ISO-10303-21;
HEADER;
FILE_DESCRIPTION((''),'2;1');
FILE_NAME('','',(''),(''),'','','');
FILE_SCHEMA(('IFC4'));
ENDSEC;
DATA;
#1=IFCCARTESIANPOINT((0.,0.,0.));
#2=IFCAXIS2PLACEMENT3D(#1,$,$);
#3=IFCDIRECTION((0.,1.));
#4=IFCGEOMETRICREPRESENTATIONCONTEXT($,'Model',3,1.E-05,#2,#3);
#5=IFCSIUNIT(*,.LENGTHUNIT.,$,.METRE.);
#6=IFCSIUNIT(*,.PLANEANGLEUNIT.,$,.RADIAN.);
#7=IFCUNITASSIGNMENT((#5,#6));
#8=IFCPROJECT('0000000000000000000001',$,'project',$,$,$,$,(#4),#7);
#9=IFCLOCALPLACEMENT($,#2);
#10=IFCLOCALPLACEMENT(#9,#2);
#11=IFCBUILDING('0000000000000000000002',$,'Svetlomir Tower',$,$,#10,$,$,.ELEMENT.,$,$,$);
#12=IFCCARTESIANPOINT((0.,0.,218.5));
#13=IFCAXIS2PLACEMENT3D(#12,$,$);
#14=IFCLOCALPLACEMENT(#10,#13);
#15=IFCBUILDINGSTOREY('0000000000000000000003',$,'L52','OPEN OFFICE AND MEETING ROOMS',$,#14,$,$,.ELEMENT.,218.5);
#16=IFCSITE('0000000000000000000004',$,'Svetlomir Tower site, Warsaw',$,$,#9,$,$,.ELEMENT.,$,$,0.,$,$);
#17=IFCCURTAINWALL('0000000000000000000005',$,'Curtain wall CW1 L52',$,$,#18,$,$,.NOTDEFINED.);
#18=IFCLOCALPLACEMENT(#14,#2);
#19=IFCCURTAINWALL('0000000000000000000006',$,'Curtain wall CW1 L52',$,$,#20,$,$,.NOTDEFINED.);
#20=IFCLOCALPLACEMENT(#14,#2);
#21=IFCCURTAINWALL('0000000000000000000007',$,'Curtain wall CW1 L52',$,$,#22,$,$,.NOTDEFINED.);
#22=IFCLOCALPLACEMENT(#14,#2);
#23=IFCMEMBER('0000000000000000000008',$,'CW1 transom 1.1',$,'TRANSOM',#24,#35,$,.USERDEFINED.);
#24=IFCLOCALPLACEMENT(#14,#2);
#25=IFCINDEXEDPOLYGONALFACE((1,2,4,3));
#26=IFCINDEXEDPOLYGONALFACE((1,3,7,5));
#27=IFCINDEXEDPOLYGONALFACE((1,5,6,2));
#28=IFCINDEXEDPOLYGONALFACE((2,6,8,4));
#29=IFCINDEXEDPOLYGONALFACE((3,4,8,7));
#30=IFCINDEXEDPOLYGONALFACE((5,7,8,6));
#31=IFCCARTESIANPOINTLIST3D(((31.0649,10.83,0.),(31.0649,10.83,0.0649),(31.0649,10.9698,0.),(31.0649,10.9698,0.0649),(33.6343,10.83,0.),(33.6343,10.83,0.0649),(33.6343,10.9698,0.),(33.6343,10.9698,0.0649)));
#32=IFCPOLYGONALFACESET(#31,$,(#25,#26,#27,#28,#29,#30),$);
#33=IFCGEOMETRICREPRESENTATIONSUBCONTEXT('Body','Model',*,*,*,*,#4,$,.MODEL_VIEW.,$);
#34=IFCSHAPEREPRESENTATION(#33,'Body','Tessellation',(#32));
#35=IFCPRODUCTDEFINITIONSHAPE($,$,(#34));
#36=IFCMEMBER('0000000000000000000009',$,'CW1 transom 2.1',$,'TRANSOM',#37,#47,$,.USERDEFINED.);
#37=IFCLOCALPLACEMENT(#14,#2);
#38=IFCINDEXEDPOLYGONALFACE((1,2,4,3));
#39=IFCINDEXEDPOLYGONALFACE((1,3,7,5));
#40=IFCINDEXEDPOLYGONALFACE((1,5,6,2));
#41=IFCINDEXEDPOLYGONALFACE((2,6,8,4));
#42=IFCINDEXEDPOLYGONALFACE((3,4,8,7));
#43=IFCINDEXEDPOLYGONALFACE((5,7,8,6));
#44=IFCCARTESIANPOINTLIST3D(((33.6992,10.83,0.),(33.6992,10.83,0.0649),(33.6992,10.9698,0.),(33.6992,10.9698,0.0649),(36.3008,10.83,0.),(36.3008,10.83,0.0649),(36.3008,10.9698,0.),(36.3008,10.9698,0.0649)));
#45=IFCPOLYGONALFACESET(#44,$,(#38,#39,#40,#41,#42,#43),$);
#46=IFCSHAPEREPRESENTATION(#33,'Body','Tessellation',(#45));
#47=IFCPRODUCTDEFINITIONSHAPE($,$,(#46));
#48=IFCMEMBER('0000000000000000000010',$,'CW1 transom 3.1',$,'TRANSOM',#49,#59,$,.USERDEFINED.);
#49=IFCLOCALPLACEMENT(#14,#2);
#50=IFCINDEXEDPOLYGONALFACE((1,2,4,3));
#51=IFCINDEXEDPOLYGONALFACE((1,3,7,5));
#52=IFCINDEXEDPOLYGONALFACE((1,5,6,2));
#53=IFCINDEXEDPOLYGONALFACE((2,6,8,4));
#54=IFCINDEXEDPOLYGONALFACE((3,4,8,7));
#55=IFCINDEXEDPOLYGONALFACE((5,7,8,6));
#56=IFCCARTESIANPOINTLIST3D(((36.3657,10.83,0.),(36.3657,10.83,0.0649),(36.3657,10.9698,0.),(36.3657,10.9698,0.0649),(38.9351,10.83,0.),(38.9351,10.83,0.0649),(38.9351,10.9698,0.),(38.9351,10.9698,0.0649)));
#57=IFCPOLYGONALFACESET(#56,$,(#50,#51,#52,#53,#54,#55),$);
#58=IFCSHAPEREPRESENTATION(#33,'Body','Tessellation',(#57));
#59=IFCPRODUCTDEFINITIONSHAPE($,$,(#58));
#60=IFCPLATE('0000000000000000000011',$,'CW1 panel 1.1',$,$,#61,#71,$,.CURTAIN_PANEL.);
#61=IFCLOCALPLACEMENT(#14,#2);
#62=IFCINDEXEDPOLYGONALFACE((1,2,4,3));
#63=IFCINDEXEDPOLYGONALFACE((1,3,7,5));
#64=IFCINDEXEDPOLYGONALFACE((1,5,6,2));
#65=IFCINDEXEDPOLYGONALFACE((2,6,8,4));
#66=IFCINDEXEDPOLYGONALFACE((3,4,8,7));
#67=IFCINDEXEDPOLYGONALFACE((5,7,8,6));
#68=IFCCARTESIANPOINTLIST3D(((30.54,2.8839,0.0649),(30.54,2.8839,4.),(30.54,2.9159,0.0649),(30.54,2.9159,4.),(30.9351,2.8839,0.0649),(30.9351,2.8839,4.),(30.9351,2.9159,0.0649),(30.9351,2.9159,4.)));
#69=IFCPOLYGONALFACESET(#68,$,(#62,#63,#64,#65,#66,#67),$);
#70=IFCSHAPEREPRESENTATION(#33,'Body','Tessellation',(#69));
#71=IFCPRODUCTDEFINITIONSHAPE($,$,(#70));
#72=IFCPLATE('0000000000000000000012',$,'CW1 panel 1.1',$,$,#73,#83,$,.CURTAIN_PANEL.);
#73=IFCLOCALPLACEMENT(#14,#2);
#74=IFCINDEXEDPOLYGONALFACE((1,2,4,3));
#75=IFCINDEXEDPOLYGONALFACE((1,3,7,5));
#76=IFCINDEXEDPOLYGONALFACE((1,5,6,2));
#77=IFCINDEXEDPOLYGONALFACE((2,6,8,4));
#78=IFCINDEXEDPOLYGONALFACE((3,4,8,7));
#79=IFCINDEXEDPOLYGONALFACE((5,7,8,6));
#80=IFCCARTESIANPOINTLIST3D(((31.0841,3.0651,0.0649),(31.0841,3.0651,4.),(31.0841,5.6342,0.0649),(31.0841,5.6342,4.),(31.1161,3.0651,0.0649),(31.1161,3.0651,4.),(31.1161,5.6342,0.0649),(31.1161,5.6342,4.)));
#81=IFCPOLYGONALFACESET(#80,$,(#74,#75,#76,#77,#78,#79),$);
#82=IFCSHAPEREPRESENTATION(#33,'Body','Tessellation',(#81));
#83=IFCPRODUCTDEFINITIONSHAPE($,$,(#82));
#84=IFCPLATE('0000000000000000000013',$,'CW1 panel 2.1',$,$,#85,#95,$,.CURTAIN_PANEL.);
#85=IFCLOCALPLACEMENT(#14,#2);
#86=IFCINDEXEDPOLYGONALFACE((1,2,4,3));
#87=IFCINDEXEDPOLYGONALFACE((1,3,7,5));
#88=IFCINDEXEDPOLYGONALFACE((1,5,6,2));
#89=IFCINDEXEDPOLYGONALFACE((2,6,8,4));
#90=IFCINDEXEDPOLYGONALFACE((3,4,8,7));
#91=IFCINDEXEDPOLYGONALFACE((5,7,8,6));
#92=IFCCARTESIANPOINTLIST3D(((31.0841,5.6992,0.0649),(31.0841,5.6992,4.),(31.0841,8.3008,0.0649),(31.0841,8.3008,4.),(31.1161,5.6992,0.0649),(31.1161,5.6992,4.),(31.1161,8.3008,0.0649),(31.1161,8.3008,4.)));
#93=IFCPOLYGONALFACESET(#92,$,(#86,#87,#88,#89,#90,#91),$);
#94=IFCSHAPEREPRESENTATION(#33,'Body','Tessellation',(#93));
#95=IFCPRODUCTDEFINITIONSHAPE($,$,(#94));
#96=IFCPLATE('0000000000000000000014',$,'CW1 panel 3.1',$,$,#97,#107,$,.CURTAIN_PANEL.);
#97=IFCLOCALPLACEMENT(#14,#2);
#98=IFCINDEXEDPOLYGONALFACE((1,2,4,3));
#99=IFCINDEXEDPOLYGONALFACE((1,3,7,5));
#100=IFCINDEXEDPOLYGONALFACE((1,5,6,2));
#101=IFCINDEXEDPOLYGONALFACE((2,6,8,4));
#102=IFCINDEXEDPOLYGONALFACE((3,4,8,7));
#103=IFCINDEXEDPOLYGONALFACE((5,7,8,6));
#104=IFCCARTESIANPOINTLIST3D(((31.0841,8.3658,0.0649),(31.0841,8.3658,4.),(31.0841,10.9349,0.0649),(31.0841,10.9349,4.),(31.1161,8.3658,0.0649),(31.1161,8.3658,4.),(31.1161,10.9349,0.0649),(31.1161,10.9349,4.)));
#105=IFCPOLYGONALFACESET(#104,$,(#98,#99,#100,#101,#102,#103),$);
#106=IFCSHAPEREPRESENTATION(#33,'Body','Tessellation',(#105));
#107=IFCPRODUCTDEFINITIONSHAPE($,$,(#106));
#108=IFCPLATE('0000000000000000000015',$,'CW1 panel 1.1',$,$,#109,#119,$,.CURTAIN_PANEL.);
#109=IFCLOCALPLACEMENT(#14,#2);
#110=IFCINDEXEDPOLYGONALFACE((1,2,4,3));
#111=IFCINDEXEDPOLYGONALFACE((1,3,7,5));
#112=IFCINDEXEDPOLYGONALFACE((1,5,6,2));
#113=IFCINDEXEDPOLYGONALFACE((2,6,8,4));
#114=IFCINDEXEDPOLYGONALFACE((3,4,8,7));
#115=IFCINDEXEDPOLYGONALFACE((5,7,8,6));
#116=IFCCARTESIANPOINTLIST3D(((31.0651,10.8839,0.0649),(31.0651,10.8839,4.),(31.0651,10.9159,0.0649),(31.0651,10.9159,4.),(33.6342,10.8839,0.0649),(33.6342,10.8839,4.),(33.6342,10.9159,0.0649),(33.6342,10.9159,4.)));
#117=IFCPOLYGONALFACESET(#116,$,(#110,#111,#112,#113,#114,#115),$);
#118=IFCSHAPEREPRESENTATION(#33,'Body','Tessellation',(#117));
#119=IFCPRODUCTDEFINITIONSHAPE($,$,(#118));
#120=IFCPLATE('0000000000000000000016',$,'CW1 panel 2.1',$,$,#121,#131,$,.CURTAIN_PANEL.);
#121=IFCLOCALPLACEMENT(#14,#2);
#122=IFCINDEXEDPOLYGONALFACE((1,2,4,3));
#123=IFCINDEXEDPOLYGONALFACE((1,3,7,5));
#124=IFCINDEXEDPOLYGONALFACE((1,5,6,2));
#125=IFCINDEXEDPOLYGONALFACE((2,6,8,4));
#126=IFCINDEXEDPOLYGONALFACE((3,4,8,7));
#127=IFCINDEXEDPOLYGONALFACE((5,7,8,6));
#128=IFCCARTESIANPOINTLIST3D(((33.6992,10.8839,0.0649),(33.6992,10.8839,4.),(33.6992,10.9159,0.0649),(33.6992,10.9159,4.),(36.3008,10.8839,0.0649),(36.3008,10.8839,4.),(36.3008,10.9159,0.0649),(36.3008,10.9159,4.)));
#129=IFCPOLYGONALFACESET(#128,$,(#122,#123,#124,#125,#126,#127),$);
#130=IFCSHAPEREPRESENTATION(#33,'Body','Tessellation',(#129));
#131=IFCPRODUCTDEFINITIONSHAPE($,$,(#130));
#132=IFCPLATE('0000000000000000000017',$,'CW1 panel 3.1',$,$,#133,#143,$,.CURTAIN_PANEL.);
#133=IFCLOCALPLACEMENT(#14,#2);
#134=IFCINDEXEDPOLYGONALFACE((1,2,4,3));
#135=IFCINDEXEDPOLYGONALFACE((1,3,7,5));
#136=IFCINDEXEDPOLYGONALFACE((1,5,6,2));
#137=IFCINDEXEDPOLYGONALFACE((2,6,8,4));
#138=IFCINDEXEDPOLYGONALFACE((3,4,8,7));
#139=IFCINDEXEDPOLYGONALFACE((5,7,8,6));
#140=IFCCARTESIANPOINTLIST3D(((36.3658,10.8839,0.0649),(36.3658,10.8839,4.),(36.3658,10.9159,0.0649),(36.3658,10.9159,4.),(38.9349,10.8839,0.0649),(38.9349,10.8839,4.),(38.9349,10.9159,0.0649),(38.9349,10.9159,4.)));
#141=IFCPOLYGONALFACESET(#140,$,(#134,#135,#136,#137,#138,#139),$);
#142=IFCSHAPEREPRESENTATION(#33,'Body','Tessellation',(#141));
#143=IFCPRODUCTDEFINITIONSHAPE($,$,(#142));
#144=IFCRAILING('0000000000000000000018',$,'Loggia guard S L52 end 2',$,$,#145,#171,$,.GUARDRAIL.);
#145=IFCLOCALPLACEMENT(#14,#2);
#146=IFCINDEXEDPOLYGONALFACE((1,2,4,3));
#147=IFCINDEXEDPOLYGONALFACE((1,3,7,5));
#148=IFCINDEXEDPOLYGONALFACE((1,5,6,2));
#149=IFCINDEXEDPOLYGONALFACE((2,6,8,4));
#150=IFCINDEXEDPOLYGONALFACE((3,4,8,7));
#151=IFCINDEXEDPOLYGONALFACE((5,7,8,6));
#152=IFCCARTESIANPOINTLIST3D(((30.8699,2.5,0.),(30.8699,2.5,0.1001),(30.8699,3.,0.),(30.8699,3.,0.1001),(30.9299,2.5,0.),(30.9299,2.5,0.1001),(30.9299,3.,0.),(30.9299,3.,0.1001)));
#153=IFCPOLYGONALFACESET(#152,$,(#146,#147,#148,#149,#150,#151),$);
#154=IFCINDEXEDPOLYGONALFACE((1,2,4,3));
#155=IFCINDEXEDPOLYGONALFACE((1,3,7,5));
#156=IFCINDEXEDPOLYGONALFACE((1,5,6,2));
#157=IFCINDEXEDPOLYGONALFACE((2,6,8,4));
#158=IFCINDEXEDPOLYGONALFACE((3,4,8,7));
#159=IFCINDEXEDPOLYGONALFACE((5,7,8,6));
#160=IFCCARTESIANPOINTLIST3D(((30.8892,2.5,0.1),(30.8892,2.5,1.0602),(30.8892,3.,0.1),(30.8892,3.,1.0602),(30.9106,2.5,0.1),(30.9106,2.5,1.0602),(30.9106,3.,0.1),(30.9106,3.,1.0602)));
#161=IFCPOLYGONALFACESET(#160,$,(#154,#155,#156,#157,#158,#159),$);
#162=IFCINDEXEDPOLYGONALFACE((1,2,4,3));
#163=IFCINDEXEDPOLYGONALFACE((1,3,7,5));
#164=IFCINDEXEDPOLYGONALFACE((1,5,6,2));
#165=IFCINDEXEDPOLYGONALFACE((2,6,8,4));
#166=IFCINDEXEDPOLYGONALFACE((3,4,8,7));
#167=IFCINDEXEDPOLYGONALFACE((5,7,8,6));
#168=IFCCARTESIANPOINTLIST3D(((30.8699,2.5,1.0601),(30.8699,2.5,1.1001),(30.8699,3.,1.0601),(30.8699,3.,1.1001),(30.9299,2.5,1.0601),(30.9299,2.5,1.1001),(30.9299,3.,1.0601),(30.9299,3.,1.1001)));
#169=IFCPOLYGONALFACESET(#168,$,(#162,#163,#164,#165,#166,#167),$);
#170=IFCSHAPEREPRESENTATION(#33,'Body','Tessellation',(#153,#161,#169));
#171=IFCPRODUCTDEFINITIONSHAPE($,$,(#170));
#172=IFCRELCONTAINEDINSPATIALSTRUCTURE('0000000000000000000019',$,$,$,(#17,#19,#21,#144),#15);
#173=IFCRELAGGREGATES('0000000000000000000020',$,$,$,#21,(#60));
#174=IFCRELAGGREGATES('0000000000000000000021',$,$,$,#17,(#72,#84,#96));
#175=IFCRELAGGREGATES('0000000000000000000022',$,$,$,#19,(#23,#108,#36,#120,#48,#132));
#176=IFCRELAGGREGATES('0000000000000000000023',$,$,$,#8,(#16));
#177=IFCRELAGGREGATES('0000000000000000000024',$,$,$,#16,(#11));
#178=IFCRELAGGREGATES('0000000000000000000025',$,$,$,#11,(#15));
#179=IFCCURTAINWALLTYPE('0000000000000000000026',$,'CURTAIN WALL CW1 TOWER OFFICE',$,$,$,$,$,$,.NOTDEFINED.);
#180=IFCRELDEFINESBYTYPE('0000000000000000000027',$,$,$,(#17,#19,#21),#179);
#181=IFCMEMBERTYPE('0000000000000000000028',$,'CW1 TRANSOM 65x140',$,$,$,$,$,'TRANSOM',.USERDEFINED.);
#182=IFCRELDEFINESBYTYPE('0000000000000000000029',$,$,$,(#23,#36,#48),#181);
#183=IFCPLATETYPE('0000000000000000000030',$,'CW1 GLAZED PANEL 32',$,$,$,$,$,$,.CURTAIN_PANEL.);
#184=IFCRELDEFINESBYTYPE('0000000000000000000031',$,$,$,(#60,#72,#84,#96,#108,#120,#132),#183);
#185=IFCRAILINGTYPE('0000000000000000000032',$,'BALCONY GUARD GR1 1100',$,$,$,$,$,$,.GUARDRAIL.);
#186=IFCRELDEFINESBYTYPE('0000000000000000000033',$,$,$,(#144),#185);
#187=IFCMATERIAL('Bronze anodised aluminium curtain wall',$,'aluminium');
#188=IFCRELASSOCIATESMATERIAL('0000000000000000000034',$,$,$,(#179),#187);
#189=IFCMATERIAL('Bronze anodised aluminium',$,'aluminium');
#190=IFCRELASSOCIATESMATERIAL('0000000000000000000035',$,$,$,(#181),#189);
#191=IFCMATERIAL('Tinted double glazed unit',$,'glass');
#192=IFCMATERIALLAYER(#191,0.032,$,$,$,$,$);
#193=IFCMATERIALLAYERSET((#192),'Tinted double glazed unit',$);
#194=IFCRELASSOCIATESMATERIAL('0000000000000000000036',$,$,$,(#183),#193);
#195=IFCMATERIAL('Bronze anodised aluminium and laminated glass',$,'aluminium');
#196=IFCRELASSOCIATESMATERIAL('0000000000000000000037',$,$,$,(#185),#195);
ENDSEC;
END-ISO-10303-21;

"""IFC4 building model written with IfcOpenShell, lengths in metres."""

from ifc_helpers import new_model, si_unit, direction, frame, origin, origin_2d, place, context, subcontext, project, spatial, rectangle, extrude, material, layer, layer_set, material_profile, profile_set, type_object, element, aggregate, save


model = new_model("IFC4")

# Units and contexts
model_context = context("Model", 3, precision=1e-05, world=origin(), true_north=direction((0.0, 1.0)))
body_context = subcontext(model_context, "Body", "Model", "MODEL_VIEW")
ifc_project = project(units=[si_unit("LENGTHUNIT", "METRE"), si_unit("PLANEANGLEUNIT", "RADIAN")], contexts=[model_context])

# Site, building, storey
site_placement = place(None, origin())
site = spatial("IfcSite", under=ifc_project, at=site_placement, Name="Svetlomir Tower site, Warsaw", CompositionType="ELEMENT", RefElevation=0.0)
building_placement = place(site_placement, origin())
building = spatial("IfcBuilding", under=site, at=building_placement, Name="Svetlomir Tower", CompositionType="ELEMENT")
storey_placement = place(building_placement, frame((0.0, 0.0, 218.5)))
storey = spatial("IfcBuildingStorey", under=building, at=storey_placement, Name="L52", Description="OPEN OFFICE AND MEETING ROOMS", CompositionType="ELEMENT", Elevation=218.5)

# Curtain walls
ifc_material_1 = material(Name="Bronze anodised aluminium curtain wall", Category="aluminium")
curtain_wall_type = type_object("IfcCurtainWallType", Name="CURTAIN WALL CW1 TOWER OFFICE", PredefinedType="NOTDEFINED", material=ifc_material_1)
curtain_wall_1_placement = place(storey_placement, origin())
curtain_wall_1 = element("IfcCurtainWall", 1, at=curtain_wall_1_placement, inside=storey, type_object=curtain_wall_type, Name="Curtain wall CW1 L52", PredefinedType="NOTDEFINED")
curtain_wall_2_placement = place(storey_placement, origin())
curtain_wall_2 = element("IfcCurtainWall", 2, at=curtain_wall_2_placement, inside=storey, type_object=curtain_wall_type, Name="Curtain wall CW1 L52", PredefinedType="NOTDEFINED")
curtain_wall_3_placement = place(storey_placement, origin())
curtain_wall_3 = element("IfcCurtainWall", 3, at=curtain_wall_3_placement, inside=storey, type_object=curtain_wall_type, Name="Curtain wall CW1 L52", PredefinedType="NOTDEFINED")

# Members
ifc_material_2 = material(Name="Bronze anodised aluminium", Category="aluminium")
ifc_material_profile_1 = material_profile(ifc_material_2, rectangle(XDim=0.1399, YDim=0.0649, at=origin_2d()), Name="AL 140x65")
ifc_profile_set_1 = profile_set([ifc_material_profile_1], Name="Bronze anodised aluminium 6063-T6")
member_type_1 = type_object("IfcMemberType", Name="CW1 TRANSOM 65x140", ElementType="TRANSOM", PredefinedType="USERDEFINED", material=ifc_profile_set_1)
member_1_placement = place(storey_placement, frame((31.0649, 10.8999, 0.0325), z_axis=(1.0, 0.0, 0.0), x_axis=(0.0, 1.0, 0.0)))
member_1 = element("IfcMember", 4, at=member_1_placement, type_object=member_type_1, Name="CW1 transom 1.1", ObjectType="TRANSOM", PredefinedType="USERDEFINED", context=body_context, shape_type="SweptSolid", body=[
    extrude(rectangle(XDim=0.1399, YDim=0.0649, at=origin_2d()), origin(), (0.0, 0.0, 1.0), 2.5693),
])
member_2_placement = place(storey_placement, frame((33.6992, 10.8999, 0.0325), z_axis=(1.0, 0.0, 0.0), x_axis=(0.0, 1.0, 0.0)))
member_2 = element("IfcMember", 5, at=member_2_placement, type_object=member_type_1, Name="CW1 transom 2.1", ObjectType="TRANSOM", PredefinedType="USERDEFINED", context=body_context, shape_type="SweptSolid", body=[
    extrude(rectangle(XDim=0.1399, YDim=0.0649, at=origin_2d()), origin(), (0.0, 0.0, 1.0), 2.6016),
])
member_3_placement = place(storey_placement, frame((36.3657, 10.8999, 0.0325), z_axis=(1.0, 0.0, 0.0), x_axis=(0.0, 1.0, 0.0)))
member_3 = element("IfcMember", 6, at=member_3_placement, type_object=member_type_1, Name="CW1 transom 3.1", ObjectType="TRANSOM", PredefinedType="USERDEFINED", context=body_context, shape_type="SweptSolid", body=[
    extrude(rectangle(XDim=0.1399, YDim=0.0649, at=origin_2d()), origin(), (0.0, 0.0, 1.0), 2.5693),
])

# Plates
ifc_material_3 = material(Name="Tinted double glazed unit", Category="glass")
ifc_layer = layer(ifc_material_3, 0.032)
ifc_layer_set = layer_set([ifc_layer], Name="Tinted double glazed unit")
plate_type = type_object("IfcPlateType", Name="CW1 GLAZED PANEL 32", PredefinedType="CURTAIN_PANEL", material=ifc_layer_set)
plate_1_placement = place(storey_placement, frame((30.7375, 2.8999, 0.0649), z_axis=(0.0, 0.0, 1.0), x_axis=(1.0, 0.0, 0.0)))
plate_1 = element("IfcPlate", 7, at=plate_1_placement, type_object=plate_type, Name="CW1 panel 1.1", PredefinedType="CURTAIN_PANEL", context=body_context, shape_type="SweptSolid", body=[
    extrude(rectangle(XDim=0.395, YDim=0.032, at=origin_2d()), origin(), (0.0, 0.0, 1.0), 3.9351),
])
aggregate(curtain_wall_3, [plate_1])
plate_2_placement = place(storey_placement, frame((31.1001, 4.3496, 0.0649), z_axis=(0.0, 0.0, 1.0), x_axis=(0.0, 1.0, 0.0)))
plate_2 = element("IfcPlate", 8, at=plate_2_placement, type_object=plate_type, Name="CW1 panel 1.1", PredefinedType="CURTAIN_PANEL", context=body_context, shape_type="SweptSolid", body=[
    extrude(rectangle(XDim=2.5691, YDim=0.032, at=origin_2d()), origin(), (0.0, 0.0, 1.0), 3.9351),
])
plate_3_placement = place(storey_placement, frame((31.1001, 7.0, 0.0649), z_axis=(0.0, 0.0, 1.0), x_axis=(0.0, 1.0, 0.0)))
plate_3 = element("IfcPlate", 9, at=plate_3_placement, type_object=plate_type, Name="CW1 panel 2.1", PredefinedType="CURTAIN_PANEL", context=body_context, shape_type="SweptSolid", body=[
    extrude(rectangle(XDim=2.6016, YDim=0.032, at=origin_2d()), origin(), (0.0, 0.0, 1.0), 3.9351),
])
plate_4_placement = place(storey_placement, frame((31.1001, 9.6504, 0.0649), z_axis=(0.0, 0.0, 1.0), x_axis=(0.0, 1.0, 0.0)))
plate_4 = element("IfcPlate", 10, at=plate_4_placement, type_object=plate_type, Name="CW1 panel 3.1", PredefinedType="CURTAIN_PANEL", context=body_context, shape_type="SweptSolid", body=[
    extrude(rectangle(XDim=2.5691, YDim=0.032, at=origin_2d()), origin(), (0.0, 0.0, 1.0), 3.9351),
])
aggregate(curtain_wall_1, [plate_2, plate_3, plate_4])
plate_5_placement = place(storey_placement, frame((32.3496, 10.8999, 0.0649), z_axis=(0.0, 0.0, 1.0), x_axis=(1.0, 0.0, 0.0)))
plate_5 = element("IfcPlate", 11, at=plate_5_placement, type_object=plate_type, Name="CW1 panel 1.1", PredefinedType="CURTAIN_PANEL", context=body_context, shape_type="SweptSolid", body=[
    extrude(rectangle(XDim=2.5691, YDim=0.032, at=origin_2d()), origin(), (0.0, 0.0, 1.0), 3.9351),
])
plate_6_placement = place(storey_placement, frame((35.0, 10.8999, 0.0649), z_axis=(0.0, 0.0, 1.0), x_axis=(1.0, 0.0, 0.0)))
plate_6 = element("IfcPlate", 12, at=plate_6_placement, type_object=plate_type, Name="CW1 panel 2.1", PredefinedType="CURTAIN_PANEL", context=body_context, shape_type="SweptSolid", body=[
    extrude(rectangle(XDim=2.6016, YDim=0.032, at=origin_2d()), origin(), (0.0, 0.0, 1.0), 3.9351),
])
plate_7_placement = place(storey_placement, frame((37.6504, 10.8999, 0.0649), z_axis=(0.0, 0.0, 1.0), x_axis=(1.0, 0.0, 0.0)))
plate_7 = element("IfcPlate", 13, at=plate_7_placement, type_object=plate_type, Name="CW1 panel 3.1", PredefinedType="CURTAIN_PANEL", context=body_context, shape_type="SweptSolid", body=[
    extrude(rectangle(XDim=2.5691, YDim=0.032, at=origin_2d()), origin(), (0.0, 0.0, 1.0), 3.9351),
])
aggregate(curtain_wall_2, [member_1, plate_5, member_2, plate_6, member_3, plate_7])

# Railing
ifc_material_4 = material(Name="Bronze anodised aluminium and laminated glass", Category="aluminium")
railing_type = type_object("IfcRailingType", Name="BALCONY GUARD GR1 1100", PredefinedType="GUARDRAIL", material=ifc_material_4)
railing_placement = place(storey_placement, frame((30.8999, 2.5, 0.0)))
element("IfcRailing", 14, at=railing_placement, inside=storey, type_object=railing_type, Name="Loggia guard S L52 end 2", PredefinedType="GUARDRAIL", context=body_context, shape_type="SweptSolid", body=[
    extrude(rectangle(XDim=0.0601, YDim=0.1001, at=origin_2d()), frame((0.0, 0.0, 0.05), z_axis=(0.0, 1.0, 0.0), x_axis=(-1.0, 0.0, 0.0)), (0.0, 0.0, 1.0), 0.5),
    extrude(rectangle(XDim=0.0215, YDim=0.9602, at=origin_2d()), frame((0.0, 0.0, 0.5801), z_axis=(0.0, 1.0, 0.0), x_axis=(-1.0, 0.0, 0.0)), (0.0, 0.0, 1.0), 0.5),
    extrude(rectangle(XDim=0.0601, YDim=0.04, at=origin_2d()), frame((0.0, 0.0, 1.0801), z_axis=(0.0, 1.0, 0.0), x_axis=(-1.0, 0.0, 0.0)), (0.0, 0.0, 1.0), 0.5),
])

save(model, "model.ifc")
